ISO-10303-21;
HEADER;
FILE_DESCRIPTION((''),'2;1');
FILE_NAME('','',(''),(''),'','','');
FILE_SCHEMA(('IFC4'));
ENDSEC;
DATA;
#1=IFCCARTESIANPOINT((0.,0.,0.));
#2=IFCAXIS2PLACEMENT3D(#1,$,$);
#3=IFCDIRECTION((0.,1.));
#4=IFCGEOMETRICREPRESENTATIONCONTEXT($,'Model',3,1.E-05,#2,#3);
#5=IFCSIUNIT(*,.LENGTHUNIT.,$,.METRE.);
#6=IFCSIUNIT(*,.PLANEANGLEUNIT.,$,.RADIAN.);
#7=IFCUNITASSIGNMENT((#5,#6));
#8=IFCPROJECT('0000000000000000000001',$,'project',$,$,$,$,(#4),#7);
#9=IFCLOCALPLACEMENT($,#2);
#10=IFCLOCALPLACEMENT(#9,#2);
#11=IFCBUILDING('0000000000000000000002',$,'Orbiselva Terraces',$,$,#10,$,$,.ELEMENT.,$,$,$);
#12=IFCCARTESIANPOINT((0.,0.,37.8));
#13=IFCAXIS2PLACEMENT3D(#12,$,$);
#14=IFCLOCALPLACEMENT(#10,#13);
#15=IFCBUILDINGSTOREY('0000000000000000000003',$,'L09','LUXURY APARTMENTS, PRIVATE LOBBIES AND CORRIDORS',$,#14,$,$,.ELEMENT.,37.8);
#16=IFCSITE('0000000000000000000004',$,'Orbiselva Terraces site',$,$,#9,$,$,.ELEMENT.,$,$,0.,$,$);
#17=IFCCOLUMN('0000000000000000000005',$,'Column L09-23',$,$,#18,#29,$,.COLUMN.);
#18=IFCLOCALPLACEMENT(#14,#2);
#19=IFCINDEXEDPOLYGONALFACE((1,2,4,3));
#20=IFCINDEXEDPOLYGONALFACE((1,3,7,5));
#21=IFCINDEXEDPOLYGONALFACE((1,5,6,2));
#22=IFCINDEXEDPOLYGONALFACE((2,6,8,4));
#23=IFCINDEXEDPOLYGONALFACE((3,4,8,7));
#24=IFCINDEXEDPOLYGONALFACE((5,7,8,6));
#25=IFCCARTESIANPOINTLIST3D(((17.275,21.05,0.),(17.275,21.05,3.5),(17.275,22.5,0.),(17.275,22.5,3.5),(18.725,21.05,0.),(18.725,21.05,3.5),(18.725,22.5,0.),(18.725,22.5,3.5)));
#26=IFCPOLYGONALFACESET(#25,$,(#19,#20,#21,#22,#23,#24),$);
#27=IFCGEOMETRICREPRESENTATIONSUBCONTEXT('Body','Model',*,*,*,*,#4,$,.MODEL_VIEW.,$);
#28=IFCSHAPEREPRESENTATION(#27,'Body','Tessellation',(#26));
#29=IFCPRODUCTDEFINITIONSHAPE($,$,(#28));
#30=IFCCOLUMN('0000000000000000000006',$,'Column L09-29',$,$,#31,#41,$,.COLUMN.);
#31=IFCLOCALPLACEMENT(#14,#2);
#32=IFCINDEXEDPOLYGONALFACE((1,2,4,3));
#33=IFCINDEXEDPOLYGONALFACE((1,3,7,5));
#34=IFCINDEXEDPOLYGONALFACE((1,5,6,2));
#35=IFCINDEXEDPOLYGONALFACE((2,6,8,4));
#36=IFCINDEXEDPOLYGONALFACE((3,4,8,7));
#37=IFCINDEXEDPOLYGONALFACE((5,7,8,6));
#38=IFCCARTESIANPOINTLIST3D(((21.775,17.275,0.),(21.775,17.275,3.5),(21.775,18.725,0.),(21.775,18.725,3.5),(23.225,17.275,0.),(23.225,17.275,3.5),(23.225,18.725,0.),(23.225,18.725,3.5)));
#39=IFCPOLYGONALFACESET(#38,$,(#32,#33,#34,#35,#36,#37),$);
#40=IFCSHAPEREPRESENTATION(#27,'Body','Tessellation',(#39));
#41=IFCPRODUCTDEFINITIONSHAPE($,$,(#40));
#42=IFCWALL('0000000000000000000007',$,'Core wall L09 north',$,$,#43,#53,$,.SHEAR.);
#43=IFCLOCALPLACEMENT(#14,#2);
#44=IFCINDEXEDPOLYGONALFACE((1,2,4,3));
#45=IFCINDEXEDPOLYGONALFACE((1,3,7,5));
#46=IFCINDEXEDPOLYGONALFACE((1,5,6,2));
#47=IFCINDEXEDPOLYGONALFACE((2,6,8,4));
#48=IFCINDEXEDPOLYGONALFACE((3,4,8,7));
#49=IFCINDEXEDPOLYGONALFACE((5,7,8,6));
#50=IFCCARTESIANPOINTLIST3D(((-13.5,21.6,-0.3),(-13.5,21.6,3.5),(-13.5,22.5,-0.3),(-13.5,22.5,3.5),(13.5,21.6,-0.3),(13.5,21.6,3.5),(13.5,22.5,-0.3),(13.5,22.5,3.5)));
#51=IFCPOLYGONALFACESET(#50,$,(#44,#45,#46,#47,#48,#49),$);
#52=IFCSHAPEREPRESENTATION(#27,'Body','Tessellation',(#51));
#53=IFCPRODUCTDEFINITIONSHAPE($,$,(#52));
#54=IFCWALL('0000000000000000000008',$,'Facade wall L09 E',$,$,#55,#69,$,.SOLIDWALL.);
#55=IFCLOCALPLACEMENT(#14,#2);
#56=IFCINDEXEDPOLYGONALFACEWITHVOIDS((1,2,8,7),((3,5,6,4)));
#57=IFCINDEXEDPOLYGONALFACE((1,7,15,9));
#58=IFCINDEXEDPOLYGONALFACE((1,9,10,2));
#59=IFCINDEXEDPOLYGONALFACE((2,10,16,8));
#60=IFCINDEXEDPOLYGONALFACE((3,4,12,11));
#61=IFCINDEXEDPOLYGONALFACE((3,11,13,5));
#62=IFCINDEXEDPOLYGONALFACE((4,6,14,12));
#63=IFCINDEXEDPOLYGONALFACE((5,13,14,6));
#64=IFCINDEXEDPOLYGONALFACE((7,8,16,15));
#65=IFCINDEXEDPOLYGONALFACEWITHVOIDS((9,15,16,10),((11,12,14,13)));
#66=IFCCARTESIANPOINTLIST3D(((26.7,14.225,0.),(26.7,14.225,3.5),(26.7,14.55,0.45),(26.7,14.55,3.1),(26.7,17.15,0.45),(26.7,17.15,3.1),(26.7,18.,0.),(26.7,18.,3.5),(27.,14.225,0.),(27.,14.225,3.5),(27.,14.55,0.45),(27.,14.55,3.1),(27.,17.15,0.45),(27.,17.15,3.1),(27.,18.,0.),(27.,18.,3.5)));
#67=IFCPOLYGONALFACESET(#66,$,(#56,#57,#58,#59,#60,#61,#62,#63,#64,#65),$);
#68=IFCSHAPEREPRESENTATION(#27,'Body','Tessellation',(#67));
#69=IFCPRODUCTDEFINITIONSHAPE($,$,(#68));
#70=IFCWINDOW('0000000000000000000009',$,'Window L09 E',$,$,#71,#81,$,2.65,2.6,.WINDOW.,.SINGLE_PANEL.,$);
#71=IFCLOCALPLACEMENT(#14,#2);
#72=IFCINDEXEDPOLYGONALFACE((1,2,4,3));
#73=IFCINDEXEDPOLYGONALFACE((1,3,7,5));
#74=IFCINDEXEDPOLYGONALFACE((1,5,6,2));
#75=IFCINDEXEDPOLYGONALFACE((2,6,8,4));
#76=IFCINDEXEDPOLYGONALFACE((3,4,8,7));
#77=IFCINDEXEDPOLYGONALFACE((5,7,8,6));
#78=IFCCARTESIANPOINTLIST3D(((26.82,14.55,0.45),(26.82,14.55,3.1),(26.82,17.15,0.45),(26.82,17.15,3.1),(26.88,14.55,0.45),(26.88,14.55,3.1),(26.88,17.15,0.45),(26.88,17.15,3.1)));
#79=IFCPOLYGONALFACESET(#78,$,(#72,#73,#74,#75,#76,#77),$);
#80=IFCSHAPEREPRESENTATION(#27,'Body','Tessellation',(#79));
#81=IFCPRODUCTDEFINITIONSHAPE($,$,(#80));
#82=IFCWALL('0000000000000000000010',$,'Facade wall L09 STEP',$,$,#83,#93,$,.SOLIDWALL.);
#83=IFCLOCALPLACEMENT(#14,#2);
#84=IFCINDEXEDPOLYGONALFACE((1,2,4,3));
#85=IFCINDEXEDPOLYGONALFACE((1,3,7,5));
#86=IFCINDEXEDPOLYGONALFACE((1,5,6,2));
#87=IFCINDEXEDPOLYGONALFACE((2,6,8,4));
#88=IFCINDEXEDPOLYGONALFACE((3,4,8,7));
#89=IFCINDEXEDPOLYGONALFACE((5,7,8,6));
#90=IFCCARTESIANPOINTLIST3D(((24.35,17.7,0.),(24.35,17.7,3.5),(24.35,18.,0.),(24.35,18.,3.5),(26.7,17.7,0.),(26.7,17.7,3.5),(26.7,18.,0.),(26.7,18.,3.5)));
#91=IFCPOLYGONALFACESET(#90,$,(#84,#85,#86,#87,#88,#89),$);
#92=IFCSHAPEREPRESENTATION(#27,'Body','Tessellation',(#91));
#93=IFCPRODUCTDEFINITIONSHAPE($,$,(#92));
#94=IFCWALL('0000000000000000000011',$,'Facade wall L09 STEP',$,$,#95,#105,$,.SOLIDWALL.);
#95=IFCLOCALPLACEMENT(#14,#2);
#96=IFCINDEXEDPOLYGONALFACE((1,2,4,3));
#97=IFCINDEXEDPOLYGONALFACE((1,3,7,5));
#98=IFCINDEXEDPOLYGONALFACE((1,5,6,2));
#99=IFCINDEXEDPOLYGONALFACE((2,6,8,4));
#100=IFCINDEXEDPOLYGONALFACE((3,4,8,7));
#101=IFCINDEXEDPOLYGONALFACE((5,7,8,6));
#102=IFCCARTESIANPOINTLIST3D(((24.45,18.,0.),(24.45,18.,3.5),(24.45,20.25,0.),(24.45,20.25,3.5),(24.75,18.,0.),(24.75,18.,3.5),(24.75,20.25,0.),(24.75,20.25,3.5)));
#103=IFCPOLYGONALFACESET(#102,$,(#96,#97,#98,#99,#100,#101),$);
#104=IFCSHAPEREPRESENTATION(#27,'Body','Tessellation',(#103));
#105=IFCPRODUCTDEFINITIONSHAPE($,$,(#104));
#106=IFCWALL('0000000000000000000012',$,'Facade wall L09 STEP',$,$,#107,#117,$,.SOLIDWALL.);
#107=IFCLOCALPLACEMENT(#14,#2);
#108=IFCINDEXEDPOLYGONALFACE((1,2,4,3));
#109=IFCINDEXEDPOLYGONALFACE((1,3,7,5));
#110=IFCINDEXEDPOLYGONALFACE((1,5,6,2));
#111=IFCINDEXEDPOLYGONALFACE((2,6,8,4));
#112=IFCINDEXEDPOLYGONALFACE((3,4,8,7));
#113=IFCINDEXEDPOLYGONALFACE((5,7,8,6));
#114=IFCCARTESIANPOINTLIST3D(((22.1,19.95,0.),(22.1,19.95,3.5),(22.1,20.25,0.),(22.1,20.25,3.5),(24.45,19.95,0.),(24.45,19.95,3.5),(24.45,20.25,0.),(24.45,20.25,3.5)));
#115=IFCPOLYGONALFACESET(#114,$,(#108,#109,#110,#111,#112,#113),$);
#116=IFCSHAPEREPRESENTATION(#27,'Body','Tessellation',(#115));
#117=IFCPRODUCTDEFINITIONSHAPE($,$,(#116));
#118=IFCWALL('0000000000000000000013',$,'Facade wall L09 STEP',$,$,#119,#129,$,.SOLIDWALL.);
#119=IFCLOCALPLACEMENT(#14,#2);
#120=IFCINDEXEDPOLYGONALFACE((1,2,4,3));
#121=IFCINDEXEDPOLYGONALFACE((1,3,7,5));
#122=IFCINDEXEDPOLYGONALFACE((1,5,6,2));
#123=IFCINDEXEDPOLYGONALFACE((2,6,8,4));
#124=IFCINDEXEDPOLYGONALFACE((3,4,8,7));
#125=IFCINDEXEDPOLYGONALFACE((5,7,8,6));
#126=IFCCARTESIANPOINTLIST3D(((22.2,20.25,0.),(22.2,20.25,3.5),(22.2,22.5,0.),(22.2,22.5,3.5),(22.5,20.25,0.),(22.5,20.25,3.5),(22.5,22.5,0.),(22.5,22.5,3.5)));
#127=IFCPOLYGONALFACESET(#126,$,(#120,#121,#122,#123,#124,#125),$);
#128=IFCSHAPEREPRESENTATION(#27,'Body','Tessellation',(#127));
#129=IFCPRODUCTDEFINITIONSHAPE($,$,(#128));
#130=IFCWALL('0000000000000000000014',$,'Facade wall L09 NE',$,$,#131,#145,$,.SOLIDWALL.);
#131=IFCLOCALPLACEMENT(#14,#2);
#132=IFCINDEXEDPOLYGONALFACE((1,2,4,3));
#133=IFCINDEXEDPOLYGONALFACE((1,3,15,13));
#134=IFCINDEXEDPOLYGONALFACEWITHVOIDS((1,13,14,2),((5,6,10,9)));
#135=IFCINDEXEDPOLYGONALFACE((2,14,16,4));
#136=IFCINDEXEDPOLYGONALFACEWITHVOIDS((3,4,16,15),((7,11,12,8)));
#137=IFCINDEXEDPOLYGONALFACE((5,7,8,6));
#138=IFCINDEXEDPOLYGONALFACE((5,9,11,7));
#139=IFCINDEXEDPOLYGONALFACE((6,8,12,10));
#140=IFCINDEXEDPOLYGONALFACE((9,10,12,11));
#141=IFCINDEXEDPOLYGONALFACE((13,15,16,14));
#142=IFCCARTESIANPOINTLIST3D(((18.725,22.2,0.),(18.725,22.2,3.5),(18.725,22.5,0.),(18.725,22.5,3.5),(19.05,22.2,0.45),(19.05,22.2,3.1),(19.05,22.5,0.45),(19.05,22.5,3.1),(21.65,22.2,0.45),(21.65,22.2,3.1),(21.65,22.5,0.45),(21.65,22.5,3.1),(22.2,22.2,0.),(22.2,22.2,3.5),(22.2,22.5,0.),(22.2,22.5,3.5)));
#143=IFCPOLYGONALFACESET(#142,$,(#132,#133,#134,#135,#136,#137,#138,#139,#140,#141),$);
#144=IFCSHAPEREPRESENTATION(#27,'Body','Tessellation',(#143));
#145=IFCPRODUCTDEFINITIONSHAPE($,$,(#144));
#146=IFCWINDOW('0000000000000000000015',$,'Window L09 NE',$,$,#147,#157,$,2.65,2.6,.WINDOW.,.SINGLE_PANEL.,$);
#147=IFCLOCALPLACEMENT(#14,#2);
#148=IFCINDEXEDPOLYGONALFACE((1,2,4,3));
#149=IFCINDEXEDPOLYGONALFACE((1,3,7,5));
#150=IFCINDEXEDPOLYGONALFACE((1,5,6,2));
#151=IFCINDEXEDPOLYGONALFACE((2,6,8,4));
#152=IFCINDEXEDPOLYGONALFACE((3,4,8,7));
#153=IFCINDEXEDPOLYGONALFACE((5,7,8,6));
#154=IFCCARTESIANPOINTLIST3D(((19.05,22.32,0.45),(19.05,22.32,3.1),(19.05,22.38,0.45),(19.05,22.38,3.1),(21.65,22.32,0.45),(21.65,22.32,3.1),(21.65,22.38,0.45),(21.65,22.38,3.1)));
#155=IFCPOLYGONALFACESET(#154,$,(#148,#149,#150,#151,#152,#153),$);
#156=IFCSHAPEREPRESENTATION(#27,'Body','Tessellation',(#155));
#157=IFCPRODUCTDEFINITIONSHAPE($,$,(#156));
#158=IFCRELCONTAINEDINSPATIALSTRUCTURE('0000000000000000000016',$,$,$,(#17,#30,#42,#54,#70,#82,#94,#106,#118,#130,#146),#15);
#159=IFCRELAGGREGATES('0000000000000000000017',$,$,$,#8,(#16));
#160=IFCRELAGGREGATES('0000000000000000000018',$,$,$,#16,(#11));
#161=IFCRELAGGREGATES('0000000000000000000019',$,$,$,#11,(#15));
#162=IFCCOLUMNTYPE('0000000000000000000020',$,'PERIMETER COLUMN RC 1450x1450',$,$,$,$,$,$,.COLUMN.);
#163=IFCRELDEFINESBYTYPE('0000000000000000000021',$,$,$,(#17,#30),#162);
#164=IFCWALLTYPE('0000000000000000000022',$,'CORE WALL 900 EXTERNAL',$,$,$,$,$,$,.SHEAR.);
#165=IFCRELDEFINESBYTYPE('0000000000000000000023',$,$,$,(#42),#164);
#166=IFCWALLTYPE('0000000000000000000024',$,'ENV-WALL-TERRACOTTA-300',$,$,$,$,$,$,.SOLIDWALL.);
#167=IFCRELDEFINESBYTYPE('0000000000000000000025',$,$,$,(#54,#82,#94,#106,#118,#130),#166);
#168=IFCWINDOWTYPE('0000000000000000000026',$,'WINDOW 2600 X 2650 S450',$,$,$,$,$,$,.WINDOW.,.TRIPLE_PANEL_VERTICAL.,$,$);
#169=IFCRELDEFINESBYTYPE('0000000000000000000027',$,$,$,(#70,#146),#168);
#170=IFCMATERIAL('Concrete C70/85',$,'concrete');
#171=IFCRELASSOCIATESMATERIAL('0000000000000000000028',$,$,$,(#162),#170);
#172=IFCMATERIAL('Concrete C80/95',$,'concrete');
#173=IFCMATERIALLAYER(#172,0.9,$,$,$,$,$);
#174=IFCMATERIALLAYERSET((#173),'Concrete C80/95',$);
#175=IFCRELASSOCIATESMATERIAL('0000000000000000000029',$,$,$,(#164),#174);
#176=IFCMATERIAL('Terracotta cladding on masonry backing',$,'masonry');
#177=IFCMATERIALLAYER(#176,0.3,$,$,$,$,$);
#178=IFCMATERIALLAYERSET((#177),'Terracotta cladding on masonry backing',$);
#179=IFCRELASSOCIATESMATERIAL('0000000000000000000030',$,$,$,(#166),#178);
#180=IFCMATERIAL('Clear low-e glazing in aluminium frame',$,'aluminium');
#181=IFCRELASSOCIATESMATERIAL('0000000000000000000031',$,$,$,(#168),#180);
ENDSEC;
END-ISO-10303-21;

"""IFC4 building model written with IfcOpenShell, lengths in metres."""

from ifc_helpers import new_model, si_unit, direction, frame, frame_2d, origin, origin_2d, place, context, subcontext, project, spatial, rectangle, extrude, material, layer, layer_set, material_profile, profile_set, type_object, element, fill, save


model = new_model("IFC4")

# Units and contexts
model_context = context("Model", 3, precision=1e-05, world=origin(), true_north=direction((0.0, 1.0)))
body_context = subcontext(model_context, "Body", "Model", "MODEL_VIEW")
ifc_project = project(units=[si_unit("LENGTHUNIT", "METRE"), si_unit("PLANEANGLEUNIT", "RADIAN")], contexts=[model_context])

# Site, building, storey
site_placement = place(None, origin())
site = spatial("IfcSite", under=ifc_project, at=site_placement, Name="Orbiselva Terraces site", CompositionType="ELEMENT", RefElevation=0.0)
building_placement = place(site_placement, origin())
building = spatial("IfcBuilding", under=site, at=building_placement, Name="Orbiselva Terraces", CompositionType="ELEMENT")
storey_placement = place(building_placement, frame((0.0, 0.0, 37.8)))
storey = spatial("IfcBuildingStorey", under=building, at=storey_placement, Name="L09", Description="LUXURY APARTMENTS, PRIVATE LOBBIES AND CORRIDORS", CompositionType="ELEMENT", Elevation=37.8)

# Columns
ifc_material_1 = material(Name="Concrete C70/85", Category="concrete")
ifc_material_profile = material_profile(ifc_material_1, rectangle(XDim=1.45, YDim=1.45, at=origin_2d()), Name="RC 1450x1450")
ifc_profile_set = profile_set([ifc_material_profile], Name="Concrete C70/85")
column_type = type_object("IfcColumnType", Name="PERIMETER COLUMN RC 1450x1450", PredefinedType="COLUMN", material=ifc_profile_set)
for number, where, z_axis, x_axis, name in (
    (1, (18.0, 21.775, 0.0), (0.0, 0.0, 1.0), (1.0, 0.0, 0.0), "Column L09-23"),
    (2, (22.5, 18.0, 0.0), (0.0, 0.0, 1.0), (1.0, 0.0, 0.0), "Column L09-29"),
):
    element("IfcColumn", number, at=place(storey_placement, frame(where, z_axis=z_axis, x_axis=x_axis)), inside=storey, type_object=column_type, Name=name, PredefinedType="COLUMN", context=body_context, shape_type="SweptSolid", body=[
        extrude(rectangle(XDim=1.45, YDim=1.45, at=origin_2d()), origin(), (0.0, 0.0, 1.0), 3.5),
    ])

# Wall
ifc_material_2 = material(Name="Concrete C80/95", Category="concrete")
ifc_layer_1 = layer(ifc_material_2, 0.9)
ifc_layer_set_1 = layer_set([ifc_layer_1], Name="Concrete C80/95")
wall_type_1 = type_object("IfcWallType", Name="CORE WALL 900 EXTERNAL", PredefinedType="SHEAR", material=ifc_layer_set_1)
wall_1_placement = place(storey_placement, frame((13.5, 22.05, -0.3), z_axis=(0.0, 0.0, 1.0), x_axis=(-1.0, 0.0, 0.0)))
element("IfcWall", 3, at=wall_1_placement, inside=storey, type_object=wall_type_1, Name="Core wall L09 north", PredefinedType="SHEAR", context=body_context, shape_type="SweptSolid", body=[
    extrude(rectangle(XDim=27.0, YDim=0.9, at=frame_2d((13.5, 0.0))), origin(), (0.0, 0.0, 1.0), 3.8),
])

# Wall, opening, window
ifc_material_3 = material(Name="Terracotta cladding on masonry backing", Category="masonry")
ifc_layer_2 = layer(ifc_material_3, 0.3)
ifc_layer_set_2 = layer_set([ifc_layer_2], Name="Terracotta cladding on masonry backing")
wall_type_2 = type_object("IfcWallType", Name="ENV-WALL-TERRACOTTA-300", PredefinedType="SOLIDWALL", material=ifc_layer_set_2)
wall_2_placement = place(storey_placement, frame((26.85, 18.0, 0.0), z_axis=(0.0, 0.0, 1.0), x_axis=(0.0, -1.0, 0.0)))
wall_2 = element("IfcWall", 4, at=wall_2_placement, inside=storey, type_object=wall_type_2, Name="Facade wall L09 E", PredefinedType="SOLIDWALL", context=body_context, shape_type="SweptSolid", body=[
    extrude(rectangle(XDim=3.775, YDim=0.3, at=frame_2d((1.8875, 0.0))), origin(), (0.0, 0.0, 1.0), 3.5),
])
opening_1_placement = place(wall_2_placement, frame((0.85, 0.0, 0.45)))
opening_1 = element("IfcOpeningElement", 5, at=opening_1_placement, cuts=wall_2, PredefinedType="OPENING", context=body_context, shape_type="SweptSolid", body=[
    extrude(rectangle(XDim=2.6, YDim=2.65, at=frame_2d((1.3, 1.325))), frame((0.0, 0.16, 0.0), z_axis=(0.0, -1.0, 0.0), x_axis=(1.0, 0.0, 0.0)), (0.0, 0.0, 1.0), 0.32),
])
ifc_material_4 = material(Name="Clear low-e glazing in aluminium frame", Category="aluminium")
window_type = type_object("IfcWindowType", Name="WINDOW 2600 X 2650 S450", PartitioningType="TRIPLE_PANEL_VERTICAL", PredefinedType="WINDOW", material=ifc_material_4)
window_1_placement = place(opening_1_placement, origin())
window_1 = element("IfcWindow", 6, at=window_1_placement, inside=storey, type_object=window_type, Name="Window L09 E", OverallHeight=2.65, OverallWidth=2.6, PartitioningType="SINGLE_PANEL", PredefinedType="WINDOW", context=body_context, shape_type="SweptSolid", body=[
    extrude(rectangle(XDim=2.6, YDim=2.65, at=frame_2d((1.3, 1.325))), frame((0.0, 0.03, 0.0), z_axis=(0.0, -1.0, 0.0), x_axis=(1.0, 0.0, 0.0)), (0.0, 0.0, 1.0), 0.06),
])
fill(opening_1, window_1)

# Walls
wall_3_placement = place(storey_placement, frame((24.35, 17.85, 0.0), z_axis=(0.0, 0.0, 1.0), x_axis=(1.0, 0.0, 0.0)))
element("IfcWall", 7, at=wall_3_placement, inside=storey, type_object=wall_type_2, Name="Facade wall L09 STEP", PredefinedType="SOLIDWALL", context=body_context, shape_type="SweptSolid", body=[
    extrude(rectangle(XDim=2.35, YDim=0.3, at=frame_2d((1.175, 0.0))), origin(), (0.0, 0.0, 1.0), 3.5),
])
wall_4_placement = place(storey_placement, frame((24.6, 20.25, 0.0), z_axis=(0.0, 0.0, 1.0), x_axis=(0.0, -1.0, 0.0)))
element("IfcWall", 8, at=wall_4_placement, inside=storey, type_object=wall_type_2, Name="Facade wall L09 STEP", PredefinedType="SOLIDWALL", context=body_context, shape_type="SweptSolid", body=[
    extrude(rectangle(XDim=2.25, YDim=0.3, at=frame_2d((1.125, 0.0))), origin(), (0.0, 0.0, 1.0), 3.5),
])
wall_5_placement = place(storey_placement, frame((22.1, 20.1, 0.0), z_axis=(0.0, 0.0, 1.0), x_axis=(1.0, 0.0, 0.0)))
element("IfcWall", 9, at=wall_5_placement, inside=storey, type_object=wall_type_2, Name="Facade wall L09 STEP", PredefinedType="SOLIDWALL", context=body_context, shape_type="SweptSolid", body=[
    extrude(rectangle(XDim=2.35, YDim=0.3, at=frame_2d((1.175, 0.0))), origin(), (0.0, 0.0, 1.0), 3.5),
])
wall_6_placement = place(storey_placement, frame((22.35, 22.5, 0.0), z_axis=(0.0, 0.0, 1.0), x_axis=(0.0, -1.0, 0.0)))
element("IfcWall", 10, at=wall_6_placement, inside=storey, type_object=wall_type_2, Name="Facade wall L09 STEP", PredefinedType="SOLIDWALL", context=body_context, shape_type="SweptSolid", body=[
    extrude(rectangle(XDim=2.25, YDim=0.3, at=frame_2d((1.125, 0.0))), origin(), (0.0, 0.0, 1.0), 3.5),
])

# Wall, opening, window
wall_7_placement = place(storey_placement, frame((18.725, 22.35, 0.0), z_axis=(0.0, 0.0, 1.0), x_axis=(1.0, 0.0, 0.0)))
wall_7 = element("IfcWall", 11, at=wall_7_placement, inside=storey, type_object=wall_type_2, Name="Facade wall L09 NE", PredefinedType="SOLIDWALL", context=body_context, shape_type="SweptSolid", body=[
    extrude(rectangle(XDim=3.475, YDim=0.3, at=frame_2d((1.7375, 0.0))), origin(), (0.0, 0.0, 1.0), 3.5),
])
opening_2_placement = place(wall_7_placement, frame((0.325, 0.0, 0.45)))
opening_2 = element("IfcOpeningElement", 12, at=opening_2_placement, cuts=wall_7, PredefinedType="OPENING", context=body_context, shape_type="SweptSolid", body=[
    extrude(rectangle(XDim=2.6, YDim=2.65, at=frame_2d((1.3, 1.325))), frame((0.0, 0.16, 0.0), z_axis=(0.0, -1.0, 0.0), x_axis=(1.0, 0.0, 0.0)), (0.0, 0.0, 1.0), 0.32),
])
window_2_placement = place(opening_2_placement, origin())
window_2 = element("IfcWindow", 13, at=window_2_placement, inside=storey, type_object=window_type, Name="Window L09 NE", OverallHeight=2.65, OverallWidth=2.6, PartitioningType="SINGLE_PANEL", PredefinedType="WINDOW", context=body_context, shape_type="SweptSolid", body=[
    extrude(rectangle(XDim=2.6, YDim=2.65, at=frame_2d((1.3, 1.325))), frame((0.0, 0.03, 0.0), z_axis=(0.0, -1.0, 0.0), x_axis=(1.0, 0.0, 0.0)), (0.0, 0.0, 1.0), 0.06),
])
fill(opening_2, window_2)

save(model, "model.ifc")
